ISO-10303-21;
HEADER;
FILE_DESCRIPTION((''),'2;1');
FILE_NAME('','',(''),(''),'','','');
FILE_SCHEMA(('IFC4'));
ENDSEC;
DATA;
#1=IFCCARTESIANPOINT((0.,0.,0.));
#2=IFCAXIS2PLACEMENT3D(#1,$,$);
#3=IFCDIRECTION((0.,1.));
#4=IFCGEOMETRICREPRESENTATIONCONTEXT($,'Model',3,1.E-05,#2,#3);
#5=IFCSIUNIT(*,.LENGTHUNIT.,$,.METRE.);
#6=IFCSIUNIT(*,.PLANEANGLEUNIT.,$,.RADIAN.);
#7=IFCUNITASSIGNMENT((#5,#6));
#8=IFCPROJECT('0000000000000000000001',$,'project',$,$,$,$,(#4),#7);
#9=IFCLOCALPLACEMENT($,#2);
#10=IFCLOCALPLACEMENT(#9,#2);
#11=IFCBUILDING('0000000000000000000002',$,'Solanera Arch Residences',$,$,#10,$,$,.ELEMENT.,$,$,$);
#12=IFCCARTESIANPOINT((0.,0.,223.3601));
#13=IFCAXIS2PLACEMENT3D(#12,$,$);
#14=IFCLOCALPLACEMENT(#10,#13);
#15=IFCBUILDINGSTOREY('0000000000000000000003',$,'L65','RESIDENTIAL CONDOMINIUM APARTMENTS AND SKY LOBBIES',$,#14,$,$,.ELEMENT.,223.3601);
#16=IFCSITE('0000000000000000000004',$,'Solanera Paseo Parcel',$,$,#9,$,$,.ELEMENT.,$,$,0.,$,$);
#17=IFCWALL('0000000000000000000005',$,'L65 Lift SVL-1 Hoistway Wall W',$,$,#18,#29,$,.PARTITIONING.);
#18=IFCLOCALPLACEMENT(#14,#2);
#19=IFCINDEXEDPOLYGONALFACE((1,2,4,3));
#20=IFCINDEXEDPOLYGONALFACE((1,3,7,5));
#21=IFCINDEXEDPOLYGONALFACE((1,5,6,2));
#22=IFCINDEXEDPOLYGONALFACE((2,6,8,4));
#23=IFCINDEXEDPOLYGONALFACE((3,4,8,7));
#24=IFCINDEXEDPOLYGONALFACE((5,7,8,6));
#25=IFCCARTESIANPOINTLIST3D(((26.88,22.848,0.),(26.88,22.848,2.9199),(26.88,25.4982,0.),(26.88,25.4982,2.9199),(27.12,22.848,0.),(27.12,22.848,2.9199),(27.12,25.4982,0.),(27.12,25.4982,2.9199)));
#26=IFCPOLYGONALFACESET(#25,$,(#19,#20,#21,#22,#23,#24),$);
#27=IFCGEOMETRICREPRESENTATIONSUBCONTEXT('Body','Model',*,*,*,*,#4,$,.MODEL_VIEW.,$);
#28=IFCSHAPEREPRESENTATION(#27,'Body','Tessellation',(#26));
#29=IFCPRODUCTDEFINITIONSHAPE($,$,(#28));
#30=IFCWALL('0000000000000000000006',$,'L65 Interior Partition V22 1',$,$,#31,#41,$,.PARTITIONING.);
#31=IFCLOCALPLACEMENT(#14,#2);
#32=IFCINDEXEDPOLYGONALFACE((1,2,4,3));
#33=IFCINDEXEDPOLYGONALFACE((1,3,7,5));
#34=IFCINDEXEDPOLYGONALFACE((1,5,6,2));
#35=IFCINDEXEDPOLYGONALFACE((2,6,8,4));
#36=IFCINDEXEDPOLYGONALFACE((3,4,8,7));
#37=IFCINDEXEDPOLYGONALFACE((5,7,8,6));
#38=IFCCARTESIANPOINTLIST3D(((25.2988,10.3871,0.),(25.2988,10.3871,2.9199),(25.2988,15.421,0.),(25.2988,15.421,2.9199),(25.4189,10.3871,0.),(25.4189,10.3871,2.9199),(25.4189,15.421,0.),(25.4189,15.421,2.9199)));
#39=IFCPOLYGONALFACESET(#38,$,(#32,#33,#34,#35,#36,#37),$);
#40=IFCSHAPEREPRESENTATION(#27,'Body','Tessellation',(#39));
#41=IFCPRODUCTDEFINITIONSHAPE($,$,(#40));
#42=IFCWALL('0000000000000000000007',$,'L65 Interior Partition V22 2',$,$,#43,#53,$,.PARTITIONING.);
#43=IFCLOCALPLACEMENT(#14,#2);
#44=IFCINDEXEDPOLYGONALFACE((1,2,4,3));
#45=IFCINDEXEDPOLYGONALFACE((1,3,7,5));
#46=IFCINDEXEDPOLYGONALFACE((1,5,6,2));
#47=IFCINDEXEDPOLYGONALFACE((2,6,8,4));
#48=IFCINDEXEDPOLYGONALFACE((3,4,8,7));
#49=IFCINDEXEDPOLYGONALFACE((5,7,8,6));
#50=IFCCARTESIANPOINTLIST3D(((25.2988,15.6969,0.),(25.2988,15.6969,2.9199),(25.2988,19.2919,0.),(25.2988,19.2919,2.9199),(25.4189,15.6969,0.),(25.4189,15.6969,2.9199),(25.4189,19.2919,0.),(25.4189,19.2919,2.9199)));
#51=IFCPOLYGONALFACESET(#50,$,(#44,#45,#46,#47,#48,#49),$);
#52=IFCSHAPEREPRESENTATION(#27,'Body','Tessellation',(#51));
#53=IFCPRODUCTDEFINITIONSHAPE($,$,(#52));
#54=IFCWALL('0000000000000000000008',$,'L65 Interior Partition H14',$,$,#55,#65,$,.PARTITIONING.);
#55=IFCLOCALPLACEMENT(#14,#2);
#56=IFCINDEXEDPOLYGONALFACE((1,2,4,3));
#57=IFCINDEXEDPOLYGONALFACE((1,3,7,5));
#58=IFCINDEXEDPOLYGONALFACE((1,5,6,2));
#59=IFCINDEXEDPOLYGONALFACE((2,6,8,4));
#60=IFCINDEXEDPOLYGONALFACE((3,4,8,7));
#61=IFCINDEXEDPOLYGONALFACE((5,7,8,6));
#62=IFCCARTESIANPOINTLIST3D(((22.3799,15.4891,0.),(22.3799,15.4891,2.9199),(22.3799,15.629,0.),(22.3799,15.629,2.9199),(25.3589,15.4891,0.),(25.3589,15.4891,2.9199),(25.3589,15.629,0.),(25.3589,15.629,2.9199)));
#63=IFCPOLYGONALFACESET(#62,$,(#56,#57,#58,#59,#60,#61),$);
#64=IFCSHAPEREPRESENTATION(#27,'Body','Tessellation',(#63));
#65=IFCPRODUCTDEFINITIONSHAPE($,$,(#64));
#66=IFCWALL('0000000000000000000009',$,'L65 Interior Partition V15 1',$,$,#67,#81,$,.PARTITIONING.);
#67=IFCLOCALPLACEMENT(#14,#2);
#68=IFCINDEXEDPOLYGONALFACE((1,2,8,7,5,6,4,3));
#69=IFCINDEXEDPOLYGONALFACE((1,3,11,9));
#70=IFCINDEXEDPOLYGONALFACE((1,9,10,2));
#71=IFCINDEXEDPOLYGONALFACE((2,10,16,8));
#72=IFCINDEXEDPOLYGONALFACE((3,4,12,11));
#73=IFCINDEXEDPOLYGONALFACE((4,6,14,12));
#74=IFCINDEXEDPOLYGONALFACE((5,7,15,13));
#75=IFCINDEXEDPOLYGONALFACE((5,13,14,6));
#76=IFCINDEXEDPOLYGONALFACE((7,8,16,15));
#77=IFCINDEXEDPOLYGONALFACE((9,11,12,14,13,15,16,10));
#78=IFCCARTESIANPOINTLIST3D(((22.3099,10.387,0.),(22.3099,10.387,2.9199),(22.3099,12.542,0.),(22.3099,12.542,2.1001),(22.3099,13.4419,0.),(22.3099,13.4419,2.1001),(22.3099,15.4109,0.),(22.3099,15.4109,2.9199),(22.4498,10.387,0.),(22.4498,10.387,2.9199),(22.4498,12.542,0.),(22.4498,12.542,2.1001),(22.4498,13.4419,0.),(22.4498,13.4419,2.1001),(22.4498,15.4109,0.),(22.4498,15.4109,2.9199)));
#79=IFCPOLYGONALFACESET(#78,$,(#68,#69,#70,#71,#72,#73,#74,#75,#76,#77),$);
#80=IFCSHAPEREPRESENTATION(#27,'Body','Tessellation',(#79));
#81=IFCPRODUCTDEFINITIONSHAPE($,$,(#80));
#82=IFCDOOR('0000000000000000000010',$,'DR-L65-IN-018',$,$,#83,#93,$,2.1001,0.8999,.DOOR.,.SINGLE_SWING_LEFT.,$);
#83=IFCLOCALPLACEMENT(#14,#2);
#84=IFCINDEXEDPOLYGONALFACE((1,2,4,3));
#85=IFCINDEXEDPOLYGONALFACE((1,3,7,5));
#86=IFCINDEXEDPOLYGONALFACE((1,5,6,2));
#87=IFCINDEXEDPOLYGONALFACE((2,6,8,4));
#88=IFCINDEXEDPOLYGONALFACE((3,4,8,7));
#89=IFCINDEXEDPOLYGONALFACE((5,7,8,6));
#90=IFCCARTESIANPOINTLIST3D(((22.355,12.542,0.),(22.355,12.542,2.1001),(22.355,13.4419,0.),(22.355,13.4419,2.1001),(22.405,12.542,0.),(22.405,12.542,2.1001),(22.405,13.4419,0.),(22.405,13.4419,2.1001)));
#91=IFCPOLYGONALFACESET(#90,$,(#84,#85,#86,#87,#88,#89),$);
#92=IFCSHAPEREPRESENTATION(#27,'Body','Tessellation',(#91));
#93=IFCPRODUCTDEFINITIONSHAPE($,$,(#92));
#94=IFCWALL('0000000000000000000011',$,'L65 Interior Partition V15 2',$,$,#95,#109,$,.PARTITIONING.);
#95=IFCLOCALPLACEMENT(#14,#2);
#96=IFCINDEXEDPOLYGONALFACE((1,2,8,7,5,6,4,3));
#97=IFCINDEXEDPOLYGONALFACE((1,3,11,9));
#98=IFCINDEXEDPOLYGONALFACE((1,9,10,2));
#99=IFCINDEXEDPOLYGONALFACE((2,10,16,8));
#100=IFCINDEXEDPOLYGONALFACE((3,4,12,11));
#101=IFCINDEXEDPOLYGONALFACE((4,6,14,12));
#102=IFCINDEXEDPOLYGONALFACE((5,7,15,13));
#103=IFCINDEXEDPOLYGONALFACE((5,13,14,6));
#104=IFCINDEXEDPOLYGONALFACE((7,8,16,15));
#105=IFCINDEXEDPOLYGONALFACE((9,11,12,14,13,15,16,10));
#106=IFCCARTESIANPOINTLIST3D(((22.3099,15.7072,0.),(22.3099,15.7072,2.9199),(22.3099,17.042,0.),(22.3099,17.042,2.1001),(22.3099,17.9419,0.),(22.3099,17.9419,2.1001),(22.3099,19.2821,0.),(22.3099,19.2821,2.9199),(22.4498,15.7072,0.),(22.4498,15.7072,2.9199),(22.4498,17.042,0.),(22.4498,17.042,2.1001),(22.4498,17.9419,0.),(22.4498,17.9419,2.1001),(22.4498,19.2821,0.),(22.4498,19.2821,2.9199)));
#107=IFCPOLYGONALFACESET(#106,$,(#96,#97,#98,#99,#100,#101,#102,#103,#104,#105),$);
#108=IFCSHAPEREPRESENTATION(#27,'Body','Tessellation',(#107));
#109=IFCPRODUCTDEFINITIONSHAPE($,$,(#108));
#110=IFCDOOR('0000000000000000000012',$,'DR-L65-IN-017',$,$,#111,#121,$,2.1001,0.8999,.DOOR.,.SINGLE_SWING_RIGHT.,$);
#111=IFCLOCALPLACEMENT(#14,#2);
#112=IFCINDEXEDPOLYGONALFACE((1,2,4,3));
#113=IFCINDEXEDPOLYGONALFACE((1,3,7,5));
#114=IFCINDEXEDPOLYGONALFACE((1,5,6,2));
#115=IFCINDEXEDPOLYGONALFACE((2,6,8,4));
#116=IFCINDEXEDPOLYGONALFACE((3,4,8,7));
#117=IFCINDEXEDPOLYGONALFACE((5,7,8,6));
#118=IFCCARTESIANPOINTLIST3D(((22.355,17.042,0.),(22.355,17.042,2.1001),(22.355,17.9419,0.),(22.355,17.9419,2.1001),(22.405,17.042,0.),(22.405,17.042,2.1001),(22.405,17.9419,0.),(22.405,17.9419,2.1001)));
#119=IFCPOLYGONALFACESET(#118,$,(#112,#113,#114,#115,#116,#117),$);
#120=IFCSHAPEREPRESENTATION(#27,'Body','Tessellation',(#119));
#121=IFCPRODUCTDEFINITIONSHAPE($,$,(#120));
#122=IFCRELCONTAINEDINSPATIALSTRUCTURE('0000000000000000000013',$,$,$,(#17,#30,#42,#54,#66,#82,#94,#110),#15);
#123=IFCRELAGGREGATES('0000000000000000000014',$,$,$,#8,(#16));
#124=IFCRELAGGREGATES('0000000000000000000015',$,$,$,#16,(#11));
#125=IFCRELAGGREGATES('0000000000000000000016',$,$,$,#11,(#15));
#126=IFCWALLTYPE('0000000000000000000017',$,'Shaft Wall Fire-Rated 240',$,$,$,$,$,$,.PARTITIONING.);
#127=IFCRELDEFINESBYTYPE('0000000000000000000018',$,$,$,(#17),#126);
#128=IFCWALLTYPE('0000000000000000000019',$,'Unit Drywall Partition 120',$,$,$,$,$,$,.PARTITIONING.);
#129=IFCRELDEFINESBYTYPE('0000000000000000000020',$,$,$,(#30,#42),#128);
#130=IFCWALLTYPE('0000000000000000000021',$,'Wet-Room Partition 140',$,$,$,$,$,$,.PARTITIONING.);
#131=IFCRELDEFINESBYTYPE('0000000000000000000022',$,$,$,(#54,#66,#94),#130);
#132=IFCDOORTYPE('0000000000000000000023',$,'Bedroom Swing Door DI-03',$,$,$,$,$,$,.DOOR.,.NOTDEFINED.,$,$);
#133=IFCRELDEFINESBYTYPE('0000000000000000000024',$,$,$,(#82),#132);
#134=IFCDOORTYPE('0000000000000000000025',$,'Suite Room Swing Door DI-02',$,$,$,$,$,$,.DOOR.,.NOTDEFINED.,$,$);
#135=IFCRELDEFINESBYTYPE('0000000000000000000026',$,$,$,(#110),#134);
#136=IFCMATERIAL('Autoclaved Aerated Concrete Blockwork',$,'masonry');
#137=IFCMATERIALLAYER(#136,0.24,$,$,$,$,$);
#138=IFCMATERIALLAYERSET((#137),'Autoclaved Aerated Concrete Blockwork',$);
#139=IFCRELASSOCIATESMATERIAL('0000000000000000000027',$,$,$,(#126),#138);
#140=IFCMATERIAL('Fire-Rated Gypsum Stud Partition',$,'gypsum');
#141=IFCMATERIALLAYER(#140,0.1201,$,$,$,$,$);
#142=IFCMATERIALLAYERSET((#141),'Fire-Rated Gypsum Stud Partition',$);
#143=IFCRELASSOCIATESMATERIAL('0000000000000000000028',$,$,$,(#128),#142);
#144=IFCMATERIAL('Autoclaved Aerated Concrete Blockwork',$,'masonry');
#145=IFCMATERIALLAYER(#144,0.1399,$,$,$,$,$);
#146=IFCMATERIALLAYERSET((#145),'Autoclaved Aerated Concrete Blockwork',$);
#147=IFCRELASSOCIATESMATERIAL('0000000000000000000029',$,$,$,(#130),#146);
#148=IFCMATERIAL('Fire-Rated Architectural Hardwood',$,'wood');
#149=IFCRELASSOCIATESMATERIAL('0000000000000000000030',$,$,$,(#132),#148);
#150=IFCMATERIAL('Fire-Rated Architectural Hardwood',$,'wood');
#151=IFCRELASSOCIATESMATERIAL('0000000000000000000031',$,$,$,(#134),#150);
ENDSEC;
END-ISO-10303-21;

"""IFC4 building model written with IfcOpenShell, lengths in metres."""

from ifc_helpers import new_model, si_unit, direction, frame, frame_2d, origin, place, context, subcontext, project, spatial, rectangle, extrude, material, layer, layer_set, type_object, element, fill, save


model = new_model("IFC4")

# Units and contexts
model_context = context("Model", 3, precision=1e-05, world=origin(), true_north=direction((0.0, 1.0)))
body_context = subcontext(model_context, "Body", "Model", "MODEL_VIEW")
ifc_project = project(units=[si_unit("LENGTHUNIT", "METRE"), si_unit("PLANEANGLEUNIT", "RADIAN")], contexts=[model_context])

# Site, building, storey
site_placement = place(None, origin())
site = spatial("IfcSite", under=ifc_project, at=site_placement, Name="Solanera Paseo Parcel", CompositionType="ELEMENT", RefElevation=0.0)
building_placement = place(site_placement, origin())
building = spatial("IfcBuilding", under=site, at=building_placement, Name="Solanera Arch Residences", CompositionType="ELEMENT")
storey_placement = place(building_placement, frame((0.0, 0.0, 223.3601)))
storey = spatial("IfcBuildingStorey", under=building, at=storey_placement, Name="L65", Description="RESIDENTIAL CONDOMINIUM APARTMENTS AND SKY LOBBIES", CompositionType="ELEMENT", Elevation=223.3601)

# Walls
ifc_material_1 = material(Name="Autoclaved Aerated Concrete Blockwork", Category="masonry")
ifc_layer_1 = layer(ifc_material_1, 0.24)
ifc_layer_set_1 = layer_set([ifc_layer_1], Name="Autoclaved Aerated Concrete Blockwork")
wall_type_1 = type_object("IfcWallType", Name="Shaft Wall Fire-Rated 240", PredefinedType="PARTITIONING", material=ifc_layer_set_1)
wall_1_placement = place(storey_placement, frame((27.0, 22.8479, 0.0), z_axis=(0.0, 0.0, 1.0), x_axis=(0.0, 1.0, 0.0)))
element("IfcWall", 1, at=wall_1_placement, inside=storey, type_object=wall_type_1, Name="L65 Lift SVL-1 Hoistway Wall W", PredefinedType="PARTITIONING", context=body_context, shape_type="SweptSolid", body=[
    extrude(rectangle(XDim=2.6501, YDim=0.24, at=frame_2d((1.3252, 0.0))), origin(), (0.0, 0.0, 1.0), 2.9199),
])
ifc_material_2 = material(Name="Fire-Rated Gypsum Stud Partition", Category="gypsum")
ifc_layer_2 = layer(ifc_material_2, 0.1201)
ifc_layer_set_2 = layer_set([ifc_layer_2], Name="Fire-Rated Gypsum Stud Partition")
wall_type_2 = type_object("IfcWallType", Name="Unit Drywall Partition 120", PredefinedType="PARTITIONING", material=ifc_layer_set_2)
wall_2_placement = place(storey_placement, frame((25.3589, 10.387, 0.0), z_axis=(0.0, 0.0, 1.0), x_axis=(0.0, 1.0, 0.0)))
element("IfcWall", 2, at=wall_2_placement, inside=storey, type_object=wall_type_2, Name="L65 Interior Partition V22 1", PredefinedType="PARTITIONING", context=body_context, shape_type="SweptSolid", body=[
    extrude(rectangle(XDim=5.0339, YDim=0.1201, at=frame_2d((2.5171, 0.0))), origin(), (0.0, 0.0, 1.0), 2.9199),
])
wall_3_placement = place(storey_placement, frame((25.3589, 15.697, 0.0), z_axis=(0.0, 0.0, 1.0), x_axis=(0.0, 1.0, 0.0)))
element("IfcWall", 3, at=wall_3_placement, inside=storey, type_object=wall_type_2, Name="L65 Interior Partition V22 2", PredefinedType="PARTITIONING", context=body_context, shape_type="SweptSolid", body=[
    extrude(rectangle(XDim=3.595, YDim=0.1201, at=frame_2d((1.7974, 0.0))), origin(), (0.0, 0.0, 1.0), 2.9199),
])
ifc_material_3 = material(Name="Autoclaved Aerated Concrete Blockwork", Category="masonry")
ifc_layer_3 = layer(ifc_material_3, 0.1399)
ifc_layer_set_3 = layer_set([ifc_layer_3], Name="Autoclaved Aerated Concrete Blockwork")
wall_type_3 = type_object("IfcWallType", Name="Wet-Room Partition 140", PredefinedType="PARTITIONING", material=ifc_layer_set_3)
wall_4_placement = place(storey_placement, frame((22.3799, 15.5591, 0.0), z_axis=(0.0, 0.0, 1.0), x_axis=(1.0, 0.0, 0.0)))
element("IfcWall", 4, at=wall_4_placement, inside=storey, type_object=wall_type_3, Name="L65 Interior Partition H14", PredefinedType="PARTITIONING", context=body_context, shape_type="SweptSolid", body=[
    extrude(rectangle(XDim=2.979, YDim=0.1399, at=frame_2d((1.4895, 0.0))), origin(), (0.0, 0.0, 1.0), 2.9199),
])

# Walls, openings, doors
wall_5_placement = place(storey_placement, frame((22.3799, 10.387, 0.0), z_axis=(0.0, 0.0, 1.0), x_axis=(0.0, 1.0, 0.0)))
wall_5 = element("IfcWall", 5, at=wall_5_placement, inside=storey, type_object=wall_type_3, Name="L65 Interior Partition V15 1", PredefinedType="PARTITIONING", context=body_context, shape_type="SweptSolid", body=[
    extrude(rectangle(XDim=5.0239, YDim=0.1399, at=frame_2d((2.512, 0.0))), origin(), (0.0, 0.0, 1.0), 2.9199),
])
opening_1_placement = place(wall_5_placement, frame((2.155, 0.0, 0.0)))
opening_1 = element("IfcOpeningElement", 6, at=opening_1_placement, cuts=wall_5, PredefinedType="OPENING", context=body_context, shape_type="SweptSolid", body=[
    extrude(rectangle(XDim=0.8999, YDim=2.1001, at=frame_2d((0.45, 1.05))), frame((0.0, 0.0798, 0.0), z_axis=(0.0, -1.0, 0.0), x_axis=(1.0, 0.0, 0.0)), (0.0, 0.0, 1.0), 0.1599),
])
ifc_material_4 = material(Name="Fire-Rated Architectural Hardwood", Category="wood")
door_type_1 = type_object("IfcDoorType", Name="Bedroom Swing Door DI-03", OperationType="NOTDEFINED", PredefinedType="DOOR", material=ifc_material_4)
door_1_placement = place(opening_1_placement, origin())
door_1 = element("IfcDoor", 7, at=door_1_placement, inside=storey, type_object=door_type_1, Name="DR-L65-IN-018", OperationType="SINGLE_SWING_LEFT", OverallHeight=2.1001, OverallWidth=0.8999, PredefinedType="DOOR", context=body_context, shape_type="SweptSolid", body=[
    extrude(rectangle(XDim=0.8999, YDim=2.1001, at=frame_2d((0.45, 1.05))), frame((0.0, 0.0249, 0.0), z_axis=(0.0, -1.0, 0.0), x_axis=(1.0, 0.0, 0.0)), (0.0, 0.0, 1.0), 0.05),
])
fill(opening_1, door_1)
wall_6_placement = place(storey_placement, frame((22.3799, 15.707, 0.0), z_axis=(0.0, 0.0, 1.0), x_axis=(0.0, 1.0, 0.0)))
wall_6 = element("IfcWall", 8, at=wall_6_placement, inside=storey, type_object=wall_type_3, Name="L65 Interior Partition V15 2", PredefinedType="PARTITIONING", context=body_context, shape_type="SweptSolid", body=[
    extrude(rectangle(XDim=3.575, YDim=0.1399, at=frame_2d((1.7876, 0.0))), origin(), (0.0, 0.0, 1.0), 2.9199),
])
opening_2_placement = place(wall_6_placement, frame((1.335, 0.0, 0.0)))
opening_2 = element("IfcOpeningElement", 9, at=opening_2_placement, cuts=wall_6, PredefinedType="OPENING", context=body_context, shape_type="SweptSolid", body=[
    extrude(rectangle(XDim=0.8999, YDim=2.1001, at=frame_2d((0.45, 1.05))), frame((0.0, 0.0798, 0.0), z_axis=(0.0, -1.0, 0.0), x_axis=(1.0, 0.0, 0.0)), (0.0, 0.0, 1.0), 0.1599),
])
ifc_material_5 = material(Name="Fire-Rated Architectural Hardwood", Category="wood")
door_type_2 = type_object("IfcDoorType", Name="Suite Room Swing Door DI-02", OperationType="NOTDEFINED", PredefinedType="DOOR", material=ifc_material_5)
door_2_placement = place(opening_2_placement, origin())
door_2 = element("IfcDoor", 10, at=door_2_placement, inside=storey, type_object=door_type_2, Name="DR-L65-IN-017", OperationType="SINGLE_SWING_RIGHT", OverallHeight=2.1001, OverallWidth=0.8999, PredefinedType="DOOR", context=body_context, shape_type="SweptSolid", body=[
    extrude(rectangle(XDim=0.8999, YDim=2.1001, at=frame_2d((0.45, 1.05))), frame((0.0, 0.0249, 0.0), z_axis=(0.0, -1.0, 0.0), x_axis=(1.0, 0.0, 0.0)), (0.0, 0.0, 1.0), 0.05),
])
fill(opening_2, door_2)

save(model, "model.ifc")
